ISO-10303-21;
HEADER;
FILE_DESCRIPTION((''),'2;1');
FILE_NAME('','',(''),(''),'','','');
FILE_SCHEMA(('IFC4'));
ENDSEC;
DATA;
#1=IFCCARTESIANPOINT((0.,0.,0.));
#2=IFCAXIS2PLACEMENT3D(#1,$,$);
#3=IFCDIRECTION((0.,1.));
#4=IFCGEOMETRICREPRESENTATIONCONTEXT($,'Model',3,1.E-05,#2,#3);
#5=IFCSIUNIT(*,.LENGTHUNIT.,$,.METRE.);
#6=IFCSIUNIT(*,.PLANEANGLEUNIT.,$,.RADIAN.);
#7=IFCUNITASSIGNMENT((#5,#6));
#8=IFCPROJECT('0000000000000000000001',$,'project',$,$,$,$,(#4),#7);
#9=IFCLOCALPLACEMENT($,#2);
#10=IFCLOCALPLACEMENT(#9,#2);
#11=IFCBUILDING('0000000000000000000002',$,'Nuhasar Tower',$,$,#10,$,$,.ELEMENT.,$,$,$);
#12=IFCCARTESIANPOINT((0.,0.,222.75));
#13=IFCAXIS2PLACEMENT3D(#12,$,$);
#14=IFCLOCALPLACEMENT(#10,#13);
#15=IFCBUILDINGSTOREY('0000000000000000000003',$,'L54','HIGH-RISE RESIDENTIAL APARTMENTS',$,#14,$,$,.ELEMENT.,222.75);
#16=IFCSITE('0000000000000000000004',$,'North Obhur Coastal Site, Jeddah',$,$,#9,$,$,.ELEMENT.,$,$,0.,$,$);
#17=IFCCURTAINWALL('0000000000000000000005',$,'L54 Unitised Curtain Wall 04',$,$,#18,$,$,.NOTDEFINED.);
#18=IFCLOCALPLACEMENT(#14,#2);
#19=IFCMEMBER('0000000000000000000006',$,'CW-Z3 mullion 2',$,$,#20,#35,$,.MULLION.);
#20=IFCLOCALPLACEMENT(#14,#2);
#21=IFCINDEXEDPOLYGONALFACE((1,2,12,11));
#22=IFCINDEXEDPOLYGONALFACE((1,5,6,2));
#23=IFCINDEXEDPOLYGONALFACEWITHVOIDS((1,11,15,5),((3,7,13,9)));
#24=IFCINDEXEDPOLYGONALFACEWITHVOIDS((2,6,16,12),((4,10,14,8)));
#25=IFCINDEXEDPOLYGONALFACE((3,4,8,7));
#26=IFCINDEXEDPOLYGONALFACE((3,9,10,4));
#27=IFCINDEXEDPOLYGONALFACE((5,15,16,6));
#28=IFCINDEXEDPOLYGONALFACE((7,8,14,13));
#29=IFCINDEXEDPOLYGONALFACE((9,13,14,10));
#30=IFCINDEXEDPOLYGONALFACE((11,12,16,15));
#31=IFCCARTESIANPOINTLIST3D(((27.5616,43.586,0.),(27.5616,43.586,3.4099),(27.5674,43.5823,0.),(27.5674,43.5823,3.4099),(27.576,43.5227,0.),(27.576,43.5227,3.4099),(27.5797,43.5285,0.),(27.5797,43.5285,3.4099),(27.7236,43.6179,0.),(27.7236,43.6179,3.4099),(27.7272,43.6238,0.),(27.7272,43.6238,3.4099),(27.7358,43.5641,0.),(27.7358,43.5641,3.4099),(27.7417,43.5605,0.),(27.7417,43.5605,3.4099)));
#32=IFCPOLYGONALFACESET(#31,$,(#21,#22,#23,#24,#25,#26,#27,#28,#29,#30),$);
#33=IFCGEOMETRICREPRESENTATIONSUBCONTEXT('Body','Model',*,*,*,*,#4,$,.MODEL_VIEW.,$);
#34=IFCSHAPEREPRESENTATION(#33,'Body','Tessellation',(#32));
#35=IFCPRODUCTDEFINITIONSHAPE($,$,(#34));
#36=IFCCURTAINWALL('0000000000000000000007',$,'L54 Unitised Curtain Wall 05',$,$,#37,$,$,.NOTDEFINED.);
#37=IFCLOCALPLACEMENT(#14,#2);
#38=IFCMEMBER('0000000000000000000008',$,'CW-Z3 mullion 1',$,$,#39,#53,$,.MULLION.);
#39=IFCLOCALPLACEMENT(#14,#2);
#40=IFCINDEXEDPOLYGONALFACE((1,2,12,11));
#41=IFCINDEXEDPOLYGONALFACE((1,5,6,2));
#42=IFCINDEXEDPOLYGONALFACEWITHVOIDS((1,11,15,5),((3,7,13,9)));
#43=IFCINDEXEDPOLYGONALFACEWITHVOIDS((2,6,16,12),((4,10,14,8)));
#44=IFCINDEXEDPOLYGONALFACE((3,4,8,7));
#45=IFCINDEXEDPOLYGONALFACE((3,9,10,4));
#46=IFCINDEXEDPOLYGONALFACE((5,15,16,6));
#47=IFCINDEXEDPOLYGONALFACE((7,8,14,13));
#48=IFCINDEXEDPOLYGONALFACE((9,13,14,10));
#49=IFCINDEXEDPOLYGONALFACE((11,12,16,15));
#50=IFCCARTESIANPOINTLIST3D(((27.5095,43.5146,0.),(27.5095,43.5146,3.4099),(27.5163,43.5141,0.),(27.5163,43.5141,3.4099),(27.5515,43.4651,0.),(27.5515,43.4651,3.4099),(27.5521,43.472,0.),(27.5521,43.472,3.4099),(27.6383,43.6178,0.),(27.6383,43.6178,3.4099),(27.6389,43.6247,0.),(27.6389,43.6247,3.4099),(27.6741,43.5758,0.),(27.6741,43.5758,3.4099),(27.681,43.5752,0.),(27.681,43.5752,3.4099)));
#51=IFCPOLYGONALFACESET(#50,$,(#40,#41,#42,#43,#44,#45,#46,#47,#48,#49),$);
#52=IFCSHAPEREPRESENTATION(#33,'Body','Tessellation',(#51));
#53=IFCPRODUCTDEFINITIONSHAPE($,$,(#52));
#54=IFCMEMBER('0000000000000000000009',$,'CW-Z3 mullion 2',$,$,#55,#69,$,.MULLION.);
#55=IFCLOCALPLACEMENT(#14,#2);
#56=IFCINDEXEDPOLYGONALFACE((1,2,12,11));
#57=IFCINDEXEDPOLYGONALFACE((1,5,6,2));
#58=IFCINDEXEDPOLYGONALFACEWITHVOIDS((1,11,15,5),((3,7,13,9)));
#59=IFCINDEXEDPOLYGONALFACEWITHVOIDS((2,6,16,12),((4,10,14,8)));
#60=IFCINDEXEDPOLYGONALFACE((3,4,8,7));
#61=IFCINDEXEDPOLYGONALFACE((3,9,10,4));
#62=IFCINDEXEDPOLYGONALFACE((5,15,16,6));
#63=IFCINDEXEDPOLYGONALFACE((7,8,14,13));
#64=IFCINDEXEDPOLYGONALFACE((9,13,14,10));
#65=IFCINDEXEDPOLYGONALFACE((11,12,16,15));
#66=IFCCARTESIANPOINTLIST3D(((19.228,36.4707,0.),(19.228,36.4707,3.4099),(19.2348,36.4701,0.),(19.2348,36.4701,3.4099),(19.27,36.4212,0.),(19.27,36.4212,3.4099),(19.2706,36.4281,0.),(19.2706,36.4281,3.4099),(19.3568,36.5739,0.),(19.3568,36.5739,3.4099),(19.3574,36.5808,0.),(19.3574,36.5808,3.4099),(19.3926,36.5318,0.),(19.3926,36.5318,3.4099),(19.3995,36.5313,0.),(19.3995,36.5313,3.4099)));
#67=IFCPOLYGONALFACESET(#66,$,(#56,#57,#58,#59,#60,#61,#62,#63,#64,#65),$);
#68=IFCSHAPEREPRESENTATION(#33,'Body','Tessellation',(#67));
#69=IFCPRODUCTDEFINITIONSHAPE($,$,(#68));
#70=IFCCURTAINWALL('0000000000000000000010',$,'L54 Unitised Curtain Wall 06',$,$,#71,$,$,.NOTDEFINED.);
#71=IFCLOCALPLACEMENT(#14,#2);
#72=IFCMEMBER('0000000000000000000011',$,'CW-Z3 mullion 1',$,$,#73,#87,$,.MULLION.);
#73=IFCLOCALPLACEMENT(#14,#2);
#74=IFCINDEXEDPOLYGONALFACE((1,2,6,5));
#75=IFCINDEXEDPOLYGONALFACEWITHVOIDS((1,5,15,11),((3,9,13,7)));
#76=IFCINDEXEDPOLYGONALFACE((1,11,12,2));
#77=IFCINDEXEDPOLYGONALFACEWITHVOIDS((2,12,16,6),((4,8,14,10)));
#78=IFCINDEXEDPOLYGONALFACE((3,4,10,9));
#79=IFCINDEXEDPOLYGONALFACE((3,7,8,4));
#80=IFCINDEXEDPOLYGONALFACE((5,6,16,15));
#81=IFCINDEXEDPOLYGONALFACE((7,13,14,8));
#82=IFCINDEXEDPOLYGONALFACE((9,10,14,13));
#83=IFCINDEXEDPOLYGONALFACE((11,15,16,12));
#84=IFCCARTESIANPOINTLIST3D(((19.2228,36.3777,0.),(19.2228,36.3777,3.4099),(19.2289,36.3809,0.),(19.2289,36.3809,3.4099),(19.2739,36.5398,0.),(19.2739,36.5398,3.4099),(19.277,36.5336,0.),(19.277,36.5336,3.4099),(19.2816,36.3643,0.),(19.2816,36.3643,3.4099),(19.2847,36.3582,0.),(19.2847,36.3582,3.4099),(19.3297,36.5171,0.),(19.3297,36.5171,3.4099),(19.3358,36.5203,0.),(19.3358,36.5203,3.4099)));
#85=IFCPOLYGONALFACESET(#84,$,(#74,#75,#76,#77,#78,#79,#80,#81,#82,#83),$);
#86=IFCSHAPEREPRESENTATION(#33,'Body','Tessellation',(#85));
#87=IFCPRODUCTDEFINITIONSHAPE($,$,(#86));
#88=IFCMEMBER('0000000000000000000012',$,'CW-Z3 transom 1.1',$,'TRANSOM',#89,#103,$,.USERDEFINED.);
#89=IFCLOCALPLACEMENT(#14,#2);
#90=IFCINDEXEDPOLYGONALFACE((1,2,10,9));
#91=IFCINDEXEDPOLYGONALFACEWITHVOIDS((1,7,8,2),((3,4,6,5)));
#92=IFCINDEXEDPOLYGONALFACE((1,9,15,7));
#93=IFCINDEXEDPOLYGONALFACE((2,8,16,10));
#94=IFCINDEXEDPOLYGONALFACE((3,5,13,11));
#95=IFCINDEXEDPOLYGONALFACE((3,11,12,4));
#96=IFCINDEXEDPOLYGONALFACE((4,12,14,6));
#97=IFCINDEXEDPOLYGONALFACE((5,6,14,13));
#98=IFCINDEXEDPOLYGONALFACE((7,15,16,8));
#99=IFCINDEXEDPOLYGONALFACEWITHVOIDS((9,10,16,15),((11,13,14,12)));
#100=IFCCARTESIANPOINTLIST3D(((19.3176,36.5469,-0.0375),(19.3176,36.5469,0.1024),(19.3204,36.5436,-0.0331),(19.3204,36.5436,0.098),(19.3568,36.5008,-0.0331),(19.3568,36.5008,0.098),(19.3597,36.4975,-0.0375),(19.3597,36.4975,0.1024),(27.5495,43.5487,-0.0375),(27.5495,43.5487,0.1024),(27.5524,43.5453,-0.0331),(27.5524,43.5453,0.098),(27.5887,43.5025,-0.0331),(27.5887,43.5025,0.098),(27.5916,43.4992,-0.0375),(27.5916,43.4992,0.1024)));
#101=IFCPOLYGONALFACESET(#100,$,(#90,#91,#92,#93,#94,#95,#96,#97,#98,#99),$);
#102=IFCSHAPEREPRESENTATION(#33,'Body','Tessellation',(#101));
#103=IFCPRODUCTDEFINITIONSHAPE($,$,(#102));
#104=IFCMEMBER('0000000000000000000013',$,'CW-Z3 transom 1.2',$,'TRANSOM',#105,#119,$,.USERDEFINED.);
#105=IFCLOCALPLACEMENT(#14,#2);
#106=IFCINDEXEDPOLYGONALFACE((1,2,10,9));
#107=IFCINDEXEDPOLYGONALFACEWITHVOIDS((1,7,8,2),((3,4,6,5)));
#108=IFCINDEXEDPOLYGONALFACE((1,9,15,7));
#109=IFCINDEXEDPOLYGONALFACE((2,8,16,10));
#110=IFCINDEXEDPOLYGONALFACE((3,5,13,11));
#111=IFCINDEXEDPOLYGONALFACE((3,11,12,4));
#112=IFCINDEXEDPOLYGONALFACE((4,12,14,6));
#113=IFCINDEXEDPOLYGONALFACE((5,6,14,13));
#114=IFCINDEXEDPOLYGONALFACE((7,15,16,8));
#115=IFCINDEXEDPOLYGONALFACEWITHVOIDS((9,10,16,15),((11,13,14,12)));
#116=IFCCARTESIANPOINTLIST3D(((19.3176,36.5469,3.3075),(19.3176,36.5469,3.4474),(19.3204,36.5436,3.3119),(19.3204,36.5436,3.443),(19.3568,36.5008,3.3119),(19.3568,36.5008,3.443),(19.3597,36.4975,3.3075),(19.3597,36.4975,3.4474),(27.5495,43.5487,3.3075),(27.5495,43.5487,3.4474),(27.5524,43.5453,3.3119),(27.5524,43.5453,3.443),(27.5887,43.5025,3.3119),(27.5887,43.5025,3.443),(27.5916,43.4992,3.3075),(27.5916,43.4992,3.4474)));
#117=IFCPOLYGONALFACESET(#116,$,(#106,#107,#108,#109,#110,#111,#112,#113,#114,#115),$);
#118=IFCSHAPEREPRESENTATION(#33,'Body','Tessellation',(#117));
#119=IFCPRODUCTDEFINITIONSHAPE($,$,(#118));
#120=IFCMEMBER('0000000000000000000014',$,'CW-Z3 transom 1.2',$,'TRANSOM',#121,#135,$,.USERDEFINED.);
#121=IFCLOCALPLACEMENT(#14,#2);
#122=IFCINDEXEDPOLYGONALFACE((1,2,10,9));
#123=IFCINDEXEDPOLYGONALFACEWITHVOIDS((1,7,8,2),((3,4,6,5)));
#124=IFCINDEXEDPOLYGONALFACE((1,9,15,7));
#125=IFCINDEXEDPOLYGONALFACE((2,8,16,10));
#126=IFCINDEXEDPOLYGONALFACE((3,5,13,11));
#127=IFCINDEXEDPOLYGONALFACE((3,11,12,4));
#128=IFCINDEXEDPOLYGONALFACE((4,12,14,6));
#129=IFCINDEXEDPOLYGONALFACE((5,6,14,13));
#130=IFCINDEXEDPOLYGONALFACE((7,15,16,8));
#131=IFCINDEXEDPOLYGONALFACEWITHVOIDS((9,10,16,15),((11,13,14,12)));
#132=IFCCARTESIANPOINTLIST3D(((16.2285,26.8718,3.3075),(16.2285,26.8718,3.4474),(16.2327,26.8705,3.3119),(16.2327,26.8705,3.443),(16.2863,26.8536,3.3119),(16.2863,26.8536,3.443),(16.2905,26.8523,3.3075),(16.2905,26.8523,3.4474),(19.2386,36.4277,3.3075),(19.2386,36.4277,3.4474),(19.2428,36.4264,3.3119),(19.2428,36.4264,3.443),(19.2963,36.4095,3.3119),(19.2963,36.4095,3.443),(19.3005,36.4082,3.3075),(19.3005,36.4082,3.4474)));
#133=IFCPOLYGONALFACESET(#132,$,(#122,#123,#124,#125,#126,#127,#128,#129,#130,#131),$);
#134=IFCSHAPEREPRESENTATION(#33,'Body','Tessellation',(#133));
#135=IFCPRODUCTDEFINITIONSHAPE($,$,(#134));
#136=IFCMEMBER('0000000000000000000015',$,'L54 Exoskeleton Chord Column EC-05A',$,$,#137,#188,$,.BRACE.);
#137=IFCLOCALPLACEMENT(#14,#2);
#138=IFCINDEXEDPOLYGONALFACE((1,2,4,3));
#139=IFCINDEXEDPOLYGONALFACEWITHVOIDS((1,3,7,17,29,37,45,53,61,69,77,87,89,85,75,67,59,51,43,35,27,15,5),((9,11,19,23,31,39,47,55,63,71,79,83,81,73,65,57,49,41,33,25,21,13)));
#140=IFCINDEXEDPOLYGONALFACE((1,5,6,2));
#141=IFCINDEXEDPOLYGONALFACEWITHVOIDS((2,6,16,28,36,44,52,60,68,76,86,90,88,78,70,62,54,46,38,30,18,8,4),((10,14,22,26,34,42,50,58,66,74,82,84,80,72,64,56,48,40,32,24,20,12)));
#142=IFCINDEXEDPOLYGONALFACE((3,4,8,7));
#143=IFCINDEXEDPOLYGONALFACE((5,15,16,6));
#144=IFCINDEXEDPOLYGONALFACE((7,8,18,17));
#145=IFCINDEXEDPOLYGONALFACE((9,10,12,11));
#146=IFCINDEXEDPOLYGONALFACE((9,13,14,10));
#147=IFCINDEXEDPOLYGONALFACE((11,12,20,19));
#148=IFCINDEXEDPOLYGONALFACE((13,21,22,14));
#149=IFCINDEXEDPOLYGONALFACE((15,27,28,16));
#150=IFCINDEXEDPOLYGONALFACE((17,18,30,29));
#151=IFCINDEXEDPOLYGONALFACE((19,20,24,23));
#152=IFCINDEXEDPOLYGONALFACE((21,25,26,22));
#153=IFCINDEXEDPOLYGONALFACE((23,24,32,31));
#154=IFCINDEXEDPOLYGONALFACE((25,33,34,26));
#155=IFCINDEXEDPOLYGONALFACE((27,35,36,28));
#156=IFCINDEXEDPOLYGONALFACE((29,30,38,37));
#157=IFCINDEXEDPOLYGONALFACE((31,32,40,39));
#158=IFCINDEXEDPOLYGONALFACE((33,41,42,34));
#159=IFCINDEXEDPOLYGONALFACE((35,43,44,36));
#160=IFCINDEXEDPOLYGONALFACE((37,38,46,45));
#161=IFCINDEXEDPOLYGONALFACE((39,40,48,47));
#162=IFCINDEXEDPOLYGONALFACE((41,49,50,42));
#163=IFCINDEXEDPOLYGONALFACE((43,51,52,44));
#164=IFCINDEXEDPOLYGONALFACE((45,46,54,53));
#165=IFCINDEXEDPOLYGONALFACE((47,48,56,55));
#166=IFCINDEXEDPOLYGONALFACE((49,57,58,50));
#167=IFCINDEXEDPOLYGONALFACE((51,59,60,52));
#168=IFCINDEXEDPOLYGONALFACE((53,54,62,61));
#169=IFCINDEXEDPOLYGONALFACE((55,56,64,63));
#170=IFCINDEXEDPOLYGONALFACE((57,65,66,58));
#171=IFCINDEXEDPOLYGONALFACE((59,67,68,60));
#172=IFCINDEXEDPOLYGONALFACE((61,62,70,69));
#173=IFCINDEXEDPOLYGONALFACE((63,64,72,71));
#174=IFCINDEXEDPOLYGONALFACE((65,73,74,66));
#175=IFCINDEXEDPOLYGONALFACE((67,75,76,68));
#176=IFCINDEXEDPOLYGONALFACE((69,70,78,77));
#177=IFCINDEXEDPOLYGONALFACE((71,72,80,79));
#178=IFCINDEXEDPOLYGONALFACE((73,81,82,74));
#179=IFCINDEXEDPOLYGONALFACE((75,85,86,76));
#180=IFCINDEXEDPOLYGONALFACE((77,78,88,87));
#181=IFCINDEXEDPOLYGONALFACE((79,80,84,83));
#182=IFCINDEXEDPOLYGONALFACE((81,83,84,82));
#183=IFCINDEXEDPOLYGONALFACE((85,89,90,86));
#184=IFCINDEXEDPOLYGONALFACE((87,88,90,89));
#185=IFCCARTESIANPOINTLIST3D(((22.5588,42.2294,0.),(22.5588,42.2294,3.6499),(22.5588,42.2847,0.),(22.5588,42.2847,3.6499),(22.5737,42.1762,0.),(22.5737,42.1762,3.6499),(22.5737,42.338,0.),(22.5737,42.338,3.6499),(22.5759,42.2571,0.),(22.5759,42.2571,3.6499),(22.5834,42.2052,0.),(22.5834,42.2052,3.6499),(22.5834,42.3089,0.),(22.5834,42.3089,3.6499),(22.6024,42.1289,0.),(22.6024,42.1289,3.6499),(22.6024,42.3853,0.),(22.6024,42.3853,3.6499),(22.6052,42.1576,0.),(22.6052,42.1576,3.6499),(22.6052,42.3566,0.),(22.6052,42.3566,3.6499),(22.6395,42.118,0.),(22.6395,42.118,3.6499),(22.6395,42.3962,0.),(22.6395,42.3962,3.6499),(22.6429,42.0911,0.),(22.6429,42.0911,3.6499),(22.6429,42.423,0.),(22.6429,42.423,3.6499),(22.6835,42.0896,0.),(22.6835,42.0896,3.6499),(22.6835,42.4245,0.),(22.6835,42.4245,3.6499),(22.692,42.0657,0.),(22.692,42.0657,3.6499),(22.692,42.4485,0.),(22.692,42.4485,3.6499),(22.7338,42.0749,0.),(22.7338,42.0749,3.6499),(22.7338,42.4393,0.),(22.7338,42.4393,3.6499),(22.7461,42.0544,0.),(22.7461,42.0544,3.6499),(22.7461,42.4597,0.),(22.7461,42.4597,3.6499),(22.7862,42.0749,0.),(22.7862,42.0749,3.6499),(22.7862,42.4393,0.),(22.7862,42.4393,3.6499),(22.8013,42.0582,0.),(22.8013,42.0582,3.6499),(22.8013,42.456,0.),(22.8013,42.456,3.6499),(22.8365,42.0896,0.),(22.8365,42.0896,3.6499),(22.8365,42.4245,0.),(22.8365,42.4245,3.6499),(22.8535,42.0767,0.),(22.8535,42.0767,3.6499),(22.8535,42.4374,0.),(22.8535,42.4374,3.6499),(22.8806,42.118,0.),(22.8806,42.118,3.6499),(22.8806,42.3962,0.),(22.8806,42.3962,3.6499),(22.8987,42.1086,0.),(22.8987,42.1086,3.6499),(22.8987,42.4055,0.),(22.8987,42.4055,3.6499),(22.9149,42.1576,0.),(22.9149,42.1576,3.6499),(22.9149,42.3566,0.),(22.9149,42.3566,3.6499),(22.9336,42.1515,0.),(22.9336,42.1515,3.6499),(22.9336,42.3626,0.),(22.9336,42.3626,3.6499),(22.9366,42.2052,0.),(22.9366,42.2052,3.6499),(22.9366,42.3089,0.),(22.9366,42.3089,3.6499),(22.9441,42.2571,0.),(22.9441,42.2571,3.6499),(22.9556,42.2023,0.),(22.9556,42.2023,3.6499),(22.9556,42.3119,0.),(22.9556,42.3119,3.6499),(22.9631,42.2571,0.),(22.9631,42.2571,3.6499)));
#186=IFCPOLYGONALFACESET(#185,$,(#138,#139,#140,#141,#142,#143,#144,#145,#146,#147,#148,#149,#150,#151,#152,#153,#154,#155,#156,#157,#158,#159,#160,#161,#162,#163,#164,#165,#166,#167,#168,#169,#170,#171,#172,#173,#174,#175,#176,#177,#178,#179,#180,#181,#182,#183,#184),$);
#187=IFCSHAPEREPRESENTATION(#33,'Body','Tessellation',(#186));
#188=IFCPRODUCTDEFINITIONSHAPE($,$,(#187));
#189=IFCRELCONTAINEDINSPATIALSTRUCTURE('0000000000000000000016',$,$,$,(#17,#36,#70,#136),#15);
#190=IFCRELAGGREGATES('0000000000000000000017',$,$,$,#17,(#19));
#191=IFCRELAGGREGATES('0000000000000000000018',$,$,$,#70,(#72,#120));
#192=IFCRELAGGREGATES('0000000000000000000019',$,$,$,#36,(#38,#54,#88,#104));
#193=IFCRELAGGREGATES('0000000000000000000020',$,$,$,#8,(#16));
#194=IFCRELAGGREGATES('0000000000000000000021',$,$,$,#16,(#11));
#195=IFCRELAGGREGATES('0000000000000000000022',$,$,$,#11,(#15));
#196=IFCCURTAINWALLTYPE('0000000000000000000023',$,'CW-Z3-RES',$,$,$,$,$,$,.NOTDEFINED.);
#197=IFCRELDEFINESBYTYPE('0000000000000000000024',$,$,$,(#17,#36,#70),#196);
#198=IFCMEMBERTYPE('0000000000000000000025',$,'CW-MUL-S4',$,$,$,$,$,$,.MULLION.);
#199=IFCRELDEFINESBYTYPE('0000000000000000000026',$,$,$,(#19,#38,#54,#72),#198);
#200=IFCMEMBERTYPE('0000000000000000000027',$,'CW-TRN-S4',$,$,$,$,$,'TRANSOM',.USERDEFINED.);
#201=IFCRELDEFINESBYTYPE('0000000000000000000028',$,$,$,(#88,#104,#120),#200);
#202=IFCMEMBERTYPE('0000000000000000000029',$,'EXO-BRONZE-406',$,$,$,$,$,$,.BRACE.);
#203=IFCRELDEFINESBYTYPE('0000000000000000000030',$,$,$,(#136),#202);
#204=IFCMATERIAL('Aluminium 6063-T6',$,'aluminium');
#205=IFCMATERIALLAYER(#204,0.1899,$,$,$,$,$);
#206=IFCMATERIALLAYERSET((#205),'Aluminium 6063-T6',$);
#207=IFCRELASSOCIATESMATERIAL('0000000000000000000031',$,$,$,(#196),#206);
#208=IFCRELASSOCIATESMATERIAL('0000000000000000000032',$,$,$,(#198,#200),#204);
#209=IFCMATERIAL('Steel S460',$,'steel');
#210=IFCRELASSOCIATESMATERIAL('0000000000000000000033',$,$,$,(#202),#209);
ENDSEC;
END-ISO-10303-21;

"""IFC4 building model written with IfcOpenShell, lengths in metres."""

from ifc_helpers import new_model, si_unit, direction, frame, origin, origin_2d, place, context, subcontext, project, spatial, hollow_rectangle, hollow_circle, extrude, material, layer, layer_set, material_profile, profile_set, type_object, element, aggregate, save


model = new_model("IFC4")

# Units and contexts
model_context = context("Model", 3, precision=1e-05, world=origin(), true_north=direction((0.0, 1.0)))
body_context = subcontext(model_context, "Body", "Model", "MODEL_VIEW")
ifc_project = project(units=[si_unit("LENGTHUNIT", "METRE"), si_unit("PLANEANGLEUNIT", "RADIAN")], contexts=[model_context])

# Site, building, storey
site_placement = place(None, origin())
site = spatial("IfcSite", under=ifc_project, at=site_placement, Name="North Obhur Coastal Site, Jeddah", CompositionType="ELEMENT", RefElevation=0.0)
building_placement = place(site_placement, origin())
building = spatial("IfcBuilding", under=site, at=building_placement, Name="Nuhasar Tower", CompositionType="ELEMENT")
storey_placement = place(building_placement, frame((0.0, 0.0, 222.75)))
storey = spatial("IfcBuildingStorey", under=building, at=storey_placement, Name="L54", Description="HIGH-RISE RESIDENTIAL APARTMENTS", CompositionType="ELEMENT", Elevation=222.75)

# Curtain wall, member
ifc_material_1 = material(Name="Aluminium 6063-T6", Category="aluminium")
ifc_layer_1 = layer(ifc_material_1, 0.1899)
ifc_layer_set_1 = layer_set([ifc_layer_1], Name="Aluminium 6063-T6")
curtain_wall_type = type_object("IfcCurtainWallType", Name="CW-Z3-RES", PredefinedType="NOTDEFINED", material=ifc_layer_set_1)
curtain_wall_1_placement = place(storey_placement, origin())
curtain_wall_1 = element("IfcCurtainWall", 1, at=curtain_wall_1_placement, inside=storey, type_object=curtain_wall_type, Name="L54 Unitised Curtain Wall 04", PredefinedType="NOTDEFINED")
ifc_material_profile_1 = material_profile(ifc_material_1, hollow_rectangle(XDim=0.0649, YDim=0.1699, WallThickness=0.0049, at=origin_2d()), Name="CWM-4")
ifc_profile_set_1 = profile_set([ifc_material_profile_1], Name="Aluminium 6063-T6")
member_type_1 = type_object("IfcMemberType", Name="CW-MUL-S4", PredefinedType="MULLION", material=ifc_profile_set_1)
member_1_placement = place(storey_placement, frame((27.6516, 43.5732, 0.0), z_axis=(0.0, 0.0, 1.0), x_axis=(0.222243, -0.974991, 0.0)))
member_1 = element("IfcMember", 2, at=member_1_placement, type_object=member_type_1, Name="CW-Z3 mullion 2", PredefinedType="MULLION", context=body_context, shape_type="SweptSolid", body=[
    extrude(hollow_rectangle(XDim=0.0649, YDim=0.1699, WallThickness=0.0049, at=origin_2d()), origin(), (0.0, 0.0, 1.0), 3.4099),
])
aggregate(curtain_wall_1, [member_1])

# Curtain wall, members
curtain_wall_2_placement = place(storey_placement, origin())
curtain_wall_2 = element("IfcCurtainWall", 3, at=curtain_wall_2_placement, inside=storey, type_object=curtain_wall_type, Name="L54 Unitised Curtain Wall 05", PredefinedType="NOTDEFINED")
member_2_placement = place(storey_placement, frame((27.5952, 43.5449, 0.0), z_axis=(0.0, 0.0, 1.0), x_axis=(0.647895, -0.761729, 0.0)))
member_2 = element("IfcMember", 4, at=member_2_placement, type_object=member_type_1, Name="CW-Z3 mullion 1", PredefinedType="MULLION", context=body_context, shape_type="SweptSolid", body=[
    extrude(hollow_rectangle(XDim=0.0649, YDim=0.1699, WallThickness=0.0049, at=origin_2d()), origin(), (0.0, 0.0, 1.0), 3.4099),
])
member_3_placement = place(storey_placement, frame((19.3137, 36.501, 0.0), z_axis=(0.0, 0.0, 1.0), x_axis=(0.647895, -0.761729, 0.0)))
member_3 = element("IfcMember", 5, at=member_3_placement, type_object=member_type_1, Name="CW-Z3 mullion 2", PredefinedType="MULLION", context=body_context, shape_type="SweptSolid", body=[
    extrude(hollow_rectangle(XDim=0.0649, YDim=0.1699, WallThickness=0.0049, at=origin_2d()), origin(), (0.0, 0.0, 1.0), 3.4099),
])

# Curtain wall, member
curtain_wall_3_placement = place(storey_placement, origin())
curtain_wall_3 = element("IfcCurtainWall", 6, at=curtain_wall_3_placement, inside=storey, type_object=curtain_wall_type, Name="L54 Unitised Curtain Wall 06", PredefinedType="NOTDEFINED")
member_4_placement = place(storey_placement, frame((19.2793, 36.449, 0.0), z_axis=(0.0, 0.0, 1.0), x_axis=(0.953804, -0.300429, 0.0)))
member_4 = element("IfcMember", 7, at=member_4_placement, type_object=member_type_1, Name="CW-Z3 mullion 1", PredefinedType="MULLION", context=body_context, shape_type="SweptSolid", body=[
    extrude(hollow_rectangle(XDim=0.0649, YDim=0.1699, WallThickness=0.0049, at=origin_2d()), origin(), (0.0, 0.0, 1.0), 3.4099),
])

# Members
ifc_material_profile_2 = material_profile(ifc_material_1, hollow_rectangle(XDim=0.0649, YDim=0.1399, WallThickness=0.0044, at=origin_2d()), Name="CWT-4")
ifc_profile_set_2 = profile_set([ifc_material_profile_2], Name="Aluminium 6063-T6")
member_type_2 = type_object("IfcMemberType", Name="CW-TRN-S4", ElementType="TRANSOM", PredefinedType="USERDEFINED", material=ifc_profile_set_2)
member_5_placement = place(storey_placement, frame((27.5706, 43.5239, 0.0325), z_axis=(-0.761731, -0.647894, 0.0), x_axis=(0.647894, -0.761731, 0.0)))
member_5 = element("IfcMember", 8, at=member_5_placement, type_object=member_type_2, Name="CW-Z3 transom 1.1", ObjectType="TRANSOM", PredefinedType="USERDEFINED", context=body_context, shape_type="SweptSolid", body=[
    extrude(hollow_rectangle(XDim=0.0649, YDim=0.1399, WallThickness=0.0044, at=origin_2d()), origin(), (0.0, 0.0, 1.0), 10.8069),
])
member_6_placement = place(storey_placement, frame((27.5706, 43.5239, 3.3774), z_axis=(-0.761731, -0.647894, 0.0), x_axis=(0.647894, -0.761731, 0.0)))
member_6 = element("IfcMember", 9, at=member_6_placement, type_object=member_type_2, Name="CW-Z3 transom 1.2", ObjectType="TRANSOM", PredefinedType="USERDEFINED", context=body_context, shape_type="SweptSolid", body=[
    extrude(hollow_rectangle(XDim=0.0649, YDim=0.1399, WallThickness=0.0044, at=origin_2d()), origin(), (0.0, 0.0, 1.0), 10.8069),
])
member_7_placement = place(storey_placement, frame((19.2695, 36.418, 3.3774), z_axis=(-0.300437, -0.953802, 0.0), x_axis=(0.953802, -0.300437, 0.0)))
member_7 = element("IfcMember", 10, at=member_7_placement, type_object=member_type_2, Name="CW-Z3 transom 1.2", ObjectType="TRANSOM", PredefinedType="USERDEFINED", context=body_context, shape_type="SweptSolid", body=[
    extrude(hollow_rectangle(XDim=0.0649, YDim=0.1399, WallThickness=0.0044, at=origin_2d()), origin(), (0.0, 0.0, 1.0), 10.0188),
])
aggregate(curtain_wall_3, [member_4, member_7])

# Member
ifc_material_2 = material(Name="Steel S460", Category="steel")
ifc_material_profile_3 = material_profile(ifc_material_2, hollow_circle(Radius=0.2031, WallThickness=0.019, at=origin_2d()), Name="HSS406.4X19.1")
ifc_profile_set_3 = profile_set([ifc_material_profile_3], Name="Steel S460")
member_type_3 = type_object("IfcMemberType", Name="EXO-BRONZE-406", PredefinedType="BRACE", material=ifc_profile_set_3)
for number, where, z_axis, x_axis, name in (
    (11, (22.76, 42.2571, 0.0), (0.0, 0.0, 1.0), (1.0, 0.0, 0.0), "L54 Exoskeleton Chord Column EC-05A"),
):
    element("IfcMember", number, at=place(storey_placement, frame(where, z_axis=z_axis, x_axis=x_axis)), inside=storey, type_object=member_type_3, Name=name, PredefinedType="BRACE", context=body_context, shape_type="SweptSolid", body=[
        extrude(hollow_circle(Radius=0.2031, WallThickness=0.019, at=origin_2d()), origin(), (0.0, 0.0, 1.0), 3.6499),
    ])

aggregate(curtain_wall_2, [member_2, member_3, member_5, member_6])

save(model, "model.ifc")
